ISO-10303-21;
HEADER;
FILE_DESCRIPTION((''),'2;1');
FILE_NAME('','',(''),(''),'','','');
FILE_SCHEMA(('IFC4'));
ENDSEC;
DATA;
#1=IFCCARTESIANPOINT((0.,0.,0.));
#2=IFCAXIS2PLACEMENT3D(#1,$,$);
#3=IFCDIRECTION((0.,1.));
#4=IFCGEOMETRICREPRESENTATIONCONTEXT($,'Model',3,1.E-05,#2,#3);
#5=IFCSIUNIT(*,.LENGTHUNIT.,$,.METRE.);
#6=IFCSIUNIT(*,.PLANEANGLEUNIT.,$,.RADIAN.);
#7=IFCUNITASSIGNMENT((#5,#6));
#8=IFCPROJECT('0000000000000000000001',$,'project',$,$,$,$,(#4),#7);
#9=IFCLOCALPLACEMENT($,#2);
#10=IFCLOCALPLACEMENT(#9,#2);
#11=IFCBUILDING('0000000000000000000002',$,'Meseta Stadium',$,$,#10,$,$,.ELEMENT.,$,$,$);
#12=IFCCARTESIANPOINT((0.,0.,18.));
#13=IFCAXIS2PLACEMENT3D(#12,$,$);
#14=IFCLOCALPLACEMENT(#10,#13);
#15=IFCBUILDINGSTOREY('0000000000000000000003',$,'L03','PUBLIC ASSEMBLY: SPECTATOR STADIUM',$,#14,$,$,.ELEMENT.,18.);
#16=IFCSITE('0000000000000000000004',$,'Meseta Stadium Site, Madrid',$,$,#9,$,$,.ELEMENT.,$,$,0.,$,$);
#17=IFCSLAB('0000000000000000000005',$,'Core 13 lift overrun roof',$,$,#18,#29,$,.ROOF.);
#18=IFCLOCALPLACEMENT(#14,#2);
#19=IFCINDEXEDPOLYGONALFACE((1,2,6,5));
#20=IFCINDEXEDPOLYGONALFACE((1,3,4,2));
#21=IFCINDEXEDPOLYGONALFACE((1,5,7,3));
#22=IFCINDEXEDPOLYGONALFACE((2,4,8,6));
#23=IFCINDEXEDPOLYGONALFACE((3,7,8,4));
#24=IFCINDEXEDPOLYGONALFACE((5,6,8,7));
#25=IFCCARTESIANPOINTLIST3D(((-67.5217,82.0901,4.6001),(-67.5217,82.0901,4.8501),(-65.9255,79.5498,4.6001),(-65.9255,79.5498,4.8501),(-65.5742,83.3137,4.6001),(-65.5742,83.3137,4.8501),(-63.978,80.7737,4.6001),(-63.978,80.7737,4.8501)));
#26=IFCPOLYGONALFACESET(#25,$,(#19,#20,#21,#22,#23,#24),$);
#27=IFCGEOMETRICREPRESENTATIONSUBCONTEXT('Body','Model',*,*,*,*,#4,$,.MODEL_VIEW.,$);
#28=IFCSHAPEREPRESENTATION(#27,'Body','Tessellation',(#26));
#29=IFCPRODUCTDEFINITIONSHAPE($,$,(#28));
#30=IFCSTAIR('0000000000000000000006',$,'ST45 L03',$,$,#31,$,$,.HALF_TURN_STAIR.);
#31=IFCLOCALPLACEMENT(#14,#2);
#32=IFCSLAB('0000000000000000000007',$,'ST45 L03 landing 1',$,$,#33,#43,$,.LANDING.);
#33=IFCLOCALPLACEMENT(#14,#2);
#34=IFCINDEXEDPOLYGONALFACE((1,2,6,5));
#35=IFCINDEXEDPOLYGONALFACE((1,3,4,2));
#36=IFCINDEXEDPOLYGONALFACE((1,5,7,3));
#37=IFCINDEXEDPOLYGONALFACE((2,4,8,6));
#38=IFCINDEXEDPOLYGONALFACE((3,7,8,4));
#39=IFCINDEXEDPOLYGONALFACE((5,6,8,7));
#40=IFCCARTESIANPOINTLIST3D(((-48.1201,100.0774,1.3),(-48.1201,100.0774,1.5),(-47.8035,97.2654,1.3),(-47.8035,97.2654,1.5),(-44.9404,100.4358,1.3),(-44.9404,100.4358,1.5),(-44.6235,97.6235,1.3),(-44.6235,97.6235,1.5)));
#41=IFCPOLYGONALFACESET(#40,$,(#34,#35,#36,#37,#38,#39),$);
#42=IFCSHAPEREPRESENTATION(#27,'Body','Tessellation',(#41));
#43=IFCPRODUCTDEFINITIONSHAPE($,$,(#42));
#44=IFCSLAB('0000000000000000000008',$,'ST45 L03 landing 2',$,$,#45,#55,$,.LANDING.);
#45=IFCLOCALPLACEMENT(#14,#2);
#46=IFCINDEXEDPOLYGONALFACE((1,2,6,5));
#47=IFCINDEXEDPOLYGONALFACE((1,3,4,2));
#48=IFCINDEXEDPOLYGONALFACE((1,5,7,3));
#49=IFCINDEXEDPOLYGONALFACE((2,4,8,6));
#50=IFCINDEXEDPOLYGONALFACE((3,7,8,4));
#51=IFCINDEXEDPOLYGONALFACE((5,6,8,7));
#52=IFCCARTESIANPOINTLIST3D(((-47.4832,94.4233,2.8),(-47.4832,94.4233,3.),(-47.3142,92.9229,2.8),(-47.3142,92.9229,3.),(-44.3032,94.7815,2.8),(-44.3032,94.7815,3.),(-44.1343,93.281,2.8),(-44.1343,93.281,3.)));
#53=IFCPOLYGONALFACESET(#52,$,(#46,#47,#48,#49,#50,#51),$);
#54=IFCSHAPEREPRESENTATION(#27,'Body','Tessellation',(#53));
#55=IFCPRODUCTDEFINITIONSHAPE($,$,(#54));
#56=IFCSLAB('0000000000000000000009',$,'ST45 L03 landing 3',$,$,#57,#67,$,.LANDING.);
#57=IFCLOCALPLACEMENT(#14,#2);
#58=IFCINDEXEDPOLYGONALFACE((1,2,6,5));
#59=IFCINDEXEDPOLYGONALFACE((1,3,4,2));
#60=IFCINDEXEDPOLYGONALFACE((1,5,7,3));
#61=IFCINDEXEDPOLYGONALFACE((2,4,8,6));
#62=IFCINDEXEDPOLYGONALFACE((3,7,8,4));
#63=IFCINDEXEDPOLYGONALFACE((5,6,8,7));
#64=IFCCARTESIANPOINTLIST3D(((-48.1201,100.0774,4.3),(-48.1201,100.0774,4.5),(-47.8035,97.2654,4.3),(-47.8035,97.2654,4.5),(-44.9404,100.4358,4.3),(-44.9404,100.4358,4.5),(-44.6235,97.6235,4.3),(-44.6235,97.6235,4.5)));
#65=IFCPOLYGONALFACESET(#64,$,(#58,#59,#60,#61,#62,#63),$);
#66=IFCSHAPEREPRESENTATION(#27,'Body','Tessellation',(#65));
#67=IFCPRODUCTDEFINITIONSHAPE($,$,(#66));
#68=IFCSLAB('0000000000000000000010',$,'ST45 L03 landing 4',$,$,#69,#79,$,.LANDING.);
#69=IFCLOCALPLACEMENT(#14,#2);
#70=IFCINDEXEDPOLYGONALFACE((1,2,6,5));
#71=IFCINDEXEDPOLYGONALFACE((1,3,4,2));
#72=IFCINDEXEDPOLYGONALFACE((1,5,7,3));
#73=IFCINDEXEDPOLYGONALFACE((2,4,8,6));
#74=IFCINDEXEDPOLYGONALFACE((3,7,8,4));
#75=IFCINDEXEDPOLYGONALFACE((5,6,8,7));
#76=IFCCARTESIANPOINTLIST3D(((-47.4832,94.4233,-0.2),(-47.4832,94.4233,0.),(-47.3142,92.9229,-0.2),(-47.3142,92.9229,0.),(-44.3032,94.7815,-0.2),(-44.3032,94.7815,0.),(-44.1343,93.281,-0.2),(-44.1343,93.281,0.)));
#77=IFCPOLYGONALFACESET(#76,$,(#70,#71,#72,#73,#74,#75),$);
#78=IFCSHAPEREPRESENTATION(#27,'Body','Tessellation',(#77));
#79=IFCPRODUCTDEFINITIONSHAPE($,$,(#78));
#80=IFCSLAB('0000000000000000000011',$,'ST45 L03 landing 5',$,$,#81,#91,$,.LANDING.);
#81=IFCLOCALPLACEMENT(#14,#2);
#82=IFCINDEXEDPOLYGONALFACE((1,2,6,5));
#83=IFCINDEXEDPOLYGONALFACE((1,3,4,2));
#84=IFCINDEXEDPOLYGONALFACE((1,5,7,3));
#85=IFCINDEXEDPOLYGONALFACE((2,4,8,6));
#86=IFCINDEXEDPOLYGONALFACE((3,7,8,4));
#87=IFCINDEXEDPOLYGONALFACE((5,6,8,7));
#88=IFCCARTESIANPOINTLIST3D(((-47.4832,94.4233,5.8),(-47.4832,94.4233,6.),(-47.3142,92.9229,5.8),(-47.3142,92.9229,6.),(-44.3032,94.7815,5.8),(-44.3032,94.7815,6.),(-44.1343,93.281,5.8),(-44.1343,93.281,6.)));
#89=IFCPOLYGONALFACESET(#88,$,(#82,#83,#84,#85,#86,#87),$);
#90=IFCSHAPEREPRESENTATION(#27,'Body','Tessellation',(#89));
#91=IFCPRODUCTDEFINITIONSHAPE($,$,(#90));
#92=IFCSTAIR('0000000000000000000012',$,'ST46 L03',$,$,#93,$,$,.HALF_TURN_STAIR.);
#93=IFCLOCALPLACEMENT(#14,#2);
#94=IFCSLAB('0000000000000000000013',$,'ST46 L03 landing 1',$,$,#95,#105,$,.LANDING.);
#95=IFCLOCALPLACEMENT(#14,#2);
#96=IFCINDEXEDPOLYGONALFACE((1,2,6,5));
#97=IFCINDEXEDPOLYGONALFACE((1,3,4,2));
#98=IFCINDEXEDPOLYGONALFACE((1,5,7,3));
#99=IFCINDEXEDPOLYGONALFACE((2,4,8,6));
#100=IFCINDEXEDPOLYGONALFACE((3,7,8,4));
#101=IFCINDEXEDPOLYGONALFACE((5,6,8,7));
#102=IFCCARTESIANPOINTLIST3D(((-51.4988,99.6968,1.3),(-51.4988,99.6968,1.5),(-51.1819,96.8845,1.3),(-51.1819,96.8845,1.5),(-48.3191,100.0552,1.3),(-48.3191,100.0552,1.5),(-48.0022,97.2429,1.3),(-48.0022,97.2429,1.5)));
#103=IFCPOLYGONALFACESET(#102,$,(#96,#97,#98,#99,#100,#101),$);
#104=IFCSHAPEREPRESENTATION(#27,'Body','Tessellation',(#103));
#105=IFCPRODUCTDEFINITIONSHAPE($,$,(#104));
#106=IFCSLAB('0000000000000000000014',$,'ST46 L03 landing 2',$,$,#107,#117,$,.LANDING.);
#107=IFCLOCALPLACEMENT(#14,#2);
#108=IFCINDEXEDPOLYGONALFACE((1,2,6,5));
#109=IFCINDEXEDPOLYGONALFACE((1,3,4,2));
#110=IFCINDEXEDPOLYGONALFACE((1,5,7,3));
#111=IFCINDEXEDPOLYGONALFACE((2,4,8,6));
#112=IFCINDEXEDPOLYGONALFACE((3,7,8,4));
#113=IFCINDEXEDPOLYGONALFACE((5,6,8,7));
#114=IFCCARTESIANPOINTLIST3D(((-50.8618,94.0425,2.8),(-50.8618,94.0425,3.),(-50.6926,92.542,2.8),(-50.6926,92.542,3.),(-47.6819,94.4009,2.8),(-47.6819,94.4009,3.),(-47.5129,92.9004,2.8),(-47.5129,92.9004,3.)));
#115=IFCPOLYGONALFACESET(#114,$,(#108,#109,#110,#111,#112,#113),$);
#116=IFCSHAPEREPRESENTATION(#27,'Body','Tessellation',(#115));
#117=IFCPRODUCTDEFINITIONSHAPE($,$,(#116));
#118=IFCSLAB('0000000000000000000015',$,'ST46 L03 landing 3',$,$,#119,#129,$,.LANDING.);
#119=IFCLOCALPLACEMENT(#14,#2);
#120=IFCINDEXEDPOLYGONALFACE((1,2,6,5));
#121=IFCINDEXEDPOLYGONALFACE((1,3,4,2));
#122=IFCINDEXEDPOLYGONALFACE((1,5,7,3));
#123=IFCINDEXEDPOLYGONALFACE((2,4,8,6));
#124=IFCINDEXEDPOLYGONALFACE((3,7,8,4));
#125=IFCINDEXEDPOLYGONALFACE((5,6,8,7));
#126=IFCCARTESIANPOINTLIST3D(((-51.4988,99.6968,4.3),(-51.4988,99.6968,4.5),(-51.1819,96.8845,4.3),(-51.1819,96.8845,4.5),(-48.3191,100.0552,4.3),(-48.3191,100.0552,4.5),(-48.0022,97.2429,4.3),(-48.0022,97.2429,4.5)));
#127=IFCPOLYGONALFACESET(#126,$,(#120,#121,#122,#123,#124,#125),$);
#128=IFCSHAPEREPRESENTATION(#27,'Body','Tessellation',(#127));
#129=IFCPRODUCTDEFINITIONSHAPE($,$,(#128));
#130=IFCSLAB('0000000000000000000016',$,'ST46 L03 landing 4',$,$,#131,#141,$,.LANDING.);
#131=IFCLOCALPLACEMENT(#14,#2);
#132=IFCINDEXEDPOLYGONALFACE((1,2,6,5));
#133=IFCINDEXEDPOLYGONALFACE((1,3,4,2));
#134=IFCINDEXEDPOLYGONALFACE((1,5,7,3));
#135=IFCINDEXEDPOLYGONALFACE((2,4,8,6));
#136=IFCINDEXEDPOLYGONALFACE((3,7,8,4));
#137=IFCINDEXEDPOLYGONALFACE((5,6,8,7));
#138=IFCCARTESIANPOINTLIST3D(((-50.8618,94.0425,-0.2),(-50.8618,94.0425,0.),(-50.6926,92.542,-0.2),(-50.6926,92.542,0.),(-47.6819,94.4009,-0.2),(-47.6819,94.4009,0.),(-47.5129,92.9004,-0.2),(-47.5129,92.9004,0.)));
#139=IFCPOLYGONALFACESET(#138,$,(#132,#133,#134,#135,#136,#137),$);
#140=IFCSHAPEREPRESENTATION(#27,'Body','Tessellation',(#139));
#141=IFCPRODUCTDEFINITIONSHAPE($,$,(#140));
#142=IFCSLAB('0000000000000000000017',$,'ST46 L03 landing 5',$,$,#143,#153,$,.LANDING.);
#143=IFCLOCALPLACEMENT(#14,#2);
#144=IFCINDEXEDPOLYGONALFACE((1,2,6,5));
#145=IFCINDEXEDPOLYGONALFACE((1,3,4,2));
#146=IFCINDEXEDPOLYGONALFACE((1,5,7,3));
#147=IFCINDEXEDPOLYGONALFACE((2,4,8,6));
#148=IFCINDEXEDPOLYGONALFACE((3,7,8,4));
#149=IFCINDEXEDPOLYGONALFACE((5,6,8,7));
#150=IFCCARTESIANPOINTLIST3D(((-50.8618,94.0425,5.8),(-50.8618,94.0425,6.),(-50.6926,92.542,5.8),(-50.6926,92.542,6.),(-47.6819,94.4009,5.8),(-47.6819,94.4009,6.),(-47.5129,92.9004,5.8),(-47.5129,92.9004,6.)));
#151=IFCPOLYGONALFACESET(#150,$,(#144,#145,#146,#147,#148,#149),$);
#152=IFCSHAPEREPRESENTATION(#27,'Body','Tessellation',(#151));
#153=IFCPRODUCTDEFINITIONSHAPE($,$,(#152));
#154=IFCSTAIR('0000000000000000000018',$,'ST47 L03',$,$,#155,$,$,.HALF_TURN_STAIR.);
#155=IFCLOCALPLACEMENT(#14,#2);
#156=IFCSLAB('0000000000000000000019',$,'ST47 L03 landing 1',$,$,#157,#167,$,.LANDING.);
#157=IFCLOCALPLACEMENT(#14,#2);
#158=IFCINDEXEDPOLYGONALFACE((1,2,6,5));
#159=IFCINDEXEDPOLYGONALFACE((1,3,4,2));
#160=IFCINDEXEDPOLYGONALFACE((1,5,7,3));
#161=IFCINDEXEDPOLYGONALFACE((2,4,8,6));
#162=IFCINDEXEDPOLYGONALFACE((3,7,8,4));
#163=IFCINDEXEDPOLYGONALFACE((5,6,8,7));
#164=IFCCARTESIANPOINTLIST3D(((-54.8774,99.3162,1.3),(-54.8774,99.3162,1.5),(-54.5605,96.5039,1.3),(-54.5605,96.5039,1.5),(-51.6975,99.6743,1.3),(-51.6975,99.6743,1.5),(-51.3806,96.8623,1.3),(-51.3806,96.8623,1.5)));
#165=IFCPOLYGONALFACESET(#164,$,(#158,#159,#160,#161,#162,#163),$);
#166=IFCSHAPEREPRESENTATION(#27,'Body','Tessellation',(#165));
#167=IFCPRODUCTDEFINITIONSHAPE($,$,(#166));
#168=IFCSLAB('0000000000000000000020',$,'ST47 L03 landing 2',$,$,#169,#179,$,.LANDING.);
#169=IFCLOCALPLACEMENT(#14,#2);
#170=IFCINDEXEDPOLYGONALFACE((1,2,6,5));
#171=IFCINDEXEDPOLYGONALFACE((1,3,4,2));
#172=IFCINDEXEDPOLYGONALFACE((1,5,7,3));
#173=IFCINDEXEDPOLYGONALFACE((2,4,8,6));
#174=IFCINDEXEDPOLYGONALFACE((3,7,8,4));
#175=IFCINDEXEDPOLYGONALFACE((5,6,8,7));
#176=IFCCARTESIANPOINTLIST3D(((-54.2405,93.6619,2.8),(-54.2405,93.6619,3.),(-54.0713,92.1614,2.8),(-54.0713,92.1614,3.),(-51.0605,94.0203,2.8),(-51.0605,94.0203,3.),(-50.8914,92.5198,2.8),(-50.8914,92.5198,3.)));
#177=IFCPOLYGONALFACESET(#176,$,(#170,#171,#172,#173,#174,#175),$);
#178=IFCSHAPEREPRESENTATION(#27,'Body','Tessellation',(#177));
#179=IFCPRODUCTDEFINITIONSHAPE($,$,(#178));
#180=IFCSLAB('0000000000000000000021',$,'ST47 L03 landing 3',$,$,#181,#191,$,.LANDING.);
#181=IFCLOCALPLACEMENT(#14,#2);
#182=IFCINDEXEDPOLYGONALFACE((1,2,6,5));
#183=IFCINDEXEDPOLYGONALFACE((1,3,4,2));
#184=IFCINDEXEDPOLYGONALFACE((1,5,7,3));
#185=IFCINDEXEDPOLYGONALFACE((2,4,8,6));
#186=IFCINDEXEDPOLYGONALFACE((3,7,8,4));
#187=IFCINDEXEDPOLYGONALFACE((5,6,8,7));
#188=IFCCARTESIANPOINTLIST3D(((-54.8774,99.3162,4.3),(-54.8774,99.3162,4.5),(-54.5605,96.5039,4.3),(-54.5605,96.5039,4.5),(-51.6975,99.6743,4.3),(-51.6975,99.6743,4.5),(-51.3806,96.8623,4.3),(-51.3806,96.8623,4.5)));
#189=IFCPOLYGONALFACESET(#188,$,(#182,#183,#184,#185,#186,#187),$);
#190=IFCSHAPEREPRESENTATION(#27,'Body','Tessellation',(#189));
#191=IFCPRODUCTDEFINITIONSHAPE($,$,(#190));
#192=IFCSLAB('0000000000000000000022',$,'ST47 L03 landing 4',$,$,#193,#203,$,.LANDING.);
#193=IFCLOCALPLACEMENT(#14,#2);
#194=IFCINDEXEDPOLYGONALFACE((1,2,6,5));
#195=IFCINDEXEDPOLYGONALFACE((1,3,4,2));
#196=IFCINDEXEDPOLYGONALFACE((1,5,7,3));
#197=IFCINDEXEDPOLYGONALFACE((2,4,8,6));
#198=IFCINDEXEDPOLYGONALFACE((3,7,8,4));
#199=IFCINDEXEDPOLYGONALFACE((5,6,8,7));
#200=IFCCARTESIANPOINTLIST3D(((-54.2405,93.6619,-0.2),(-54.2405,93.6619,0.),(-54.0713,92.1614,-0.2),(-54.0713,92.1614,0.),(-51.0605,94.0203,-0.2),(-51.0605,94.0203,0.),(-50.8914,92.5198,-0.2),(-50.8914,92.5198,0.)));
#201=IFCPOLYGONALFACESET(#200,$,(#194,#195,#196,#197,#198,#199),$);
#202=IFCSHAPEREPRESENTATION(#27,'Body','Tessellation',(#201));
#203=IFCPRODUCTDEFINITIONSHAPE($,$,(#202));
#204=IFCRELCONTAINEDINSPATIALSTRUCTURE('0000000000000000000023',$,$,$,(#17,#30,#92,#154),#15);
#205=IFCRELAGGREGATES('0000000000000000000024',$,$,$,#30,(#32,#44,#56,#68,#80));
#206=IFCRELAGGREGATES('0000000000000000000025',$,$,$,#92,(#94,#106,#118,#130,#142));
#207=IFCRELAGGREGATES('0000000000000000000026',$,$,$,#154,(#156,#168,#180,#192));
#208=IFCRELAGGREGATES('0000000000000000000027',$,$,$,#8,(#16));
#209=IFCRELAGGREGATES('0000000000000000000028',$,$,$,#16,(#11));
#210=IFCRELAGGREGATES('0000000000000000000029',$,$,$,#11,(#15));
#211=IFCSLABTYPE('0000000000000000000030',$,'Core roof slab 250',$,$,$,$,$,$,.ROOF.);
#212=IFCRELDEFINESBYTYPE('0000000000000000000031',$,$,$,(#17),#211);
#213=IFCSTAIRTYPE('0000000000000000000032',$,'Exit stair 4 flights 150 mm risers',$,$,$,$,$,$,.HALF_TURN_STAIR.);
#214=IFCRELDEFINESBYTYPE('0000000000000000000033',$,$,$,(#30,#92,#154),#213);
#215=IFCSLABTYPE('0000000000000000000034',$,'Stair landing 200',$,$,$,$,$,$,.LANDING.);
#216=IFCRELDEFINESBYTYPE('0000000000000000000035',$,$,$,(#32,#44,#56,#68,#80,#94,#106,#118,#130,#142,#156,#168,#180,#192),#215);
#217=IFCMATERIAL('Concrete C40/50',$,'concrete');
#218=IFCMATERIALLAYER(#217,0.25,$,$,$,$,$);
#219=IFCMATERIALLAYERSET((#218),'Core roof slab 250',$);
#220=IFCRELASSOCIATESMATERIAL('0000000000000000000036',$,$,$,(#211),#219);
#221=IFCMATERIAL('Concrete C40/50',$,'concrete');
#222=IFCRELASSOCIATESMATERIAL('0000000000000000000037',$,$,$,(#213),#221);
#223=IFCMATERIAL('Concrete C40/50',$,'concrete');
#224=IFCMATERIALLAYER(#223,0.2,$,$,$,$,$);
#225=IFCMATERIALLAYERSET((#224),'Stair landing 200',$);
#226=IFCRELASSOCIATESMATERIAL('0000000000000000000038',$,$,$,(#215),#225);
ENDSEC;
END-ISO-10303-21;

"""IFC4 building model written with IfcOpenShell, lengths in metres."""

from ifc_helpers import new_model, si_unit, direction, frame, origin, place, context, subcontext, project, spatial, polyline, outline, extrude, material, layer, layer_set, type_object, element, aggregate, save


model = new_model("IFC4")

# Units and contexts
model_context = context("Model", 3, precision=1e-05, world=origin(), true_north=direction((0.0, 1.0)))
body_context = subcontext(model_context, "Body", "Model", "MODEL_VIEW")
ifc_project = project(units=[si_unit("LENGTHUNIT", "METRE"), si_unit("PLANEANGLEUNIT", "RADIAN")], contexts=[model_context])

# Site, building, storey
site_placement = place(None, origin())
site = spatial("IfcSite", under=ifc_project, at=site_placement, Name="Meseta Stadium Site, Madrid", CompositionType="ELEMENT", RefElevation=0.0)
building_placement = place(site_placement, origin())
building = spatial("IfcBuilding", under=site, at=building_placement, Name="Meseta Stadium", CompositionType="ELEMENT")
storey_placement = place(building_placement, frame((0.0, 0.0, 18.0)))
storey = spatial("IfcBuildingStorey", under=building, at=storey_placement, Name="L03", Description="PUBLIC ASSEMBLY: SPECTATOR STADIUM", CompositionType="ELEMENT", Elevation=18.0)

# Slab
ifc_material_1 = material(Name="Concrete C40/50", Category="concrete")
ifc_layer_1 = layer(ifc_material_1, 0.25)
ifc_layer_set_1 = layer_set([ifc_layer_1], Name="Core roof slab 250")
slab_type_1 = type_object("IfcSlabType", Name="Core roof slab 250", PredefinedType="ROOF", material=ifc_layer_set_1)
slab_1_placement = place(storey_placement, frame((0.0, 0.0, 4.6001)))
element("IfcSlab", 1, at=slab_1_placement, inside=storey, type_object=slab_type_1, Name="Core 13 lift overrun roof", PredefinedType="ROOF", context=body_context, shape_type="SweptSolid", body=[
    extrude(outline(polyline([(-65.5742, 83.3137), (-63.978, 80.7737), (-65.9255, 79.5498), (-67.5217, 82.0901), (-65.5742, 83.3137)])), origin(), (0.0, 0.0, 1.0), 0.25),
])

# Stairs, slabs
ifc_material_2 = material(Name="Concrete C40/50", Category="concrete")
stair_type = type_object("IfcStairType", Name="Exit stair 4 flights 150 mm risers", PredefinedType="HALF_TURN_STAIR", material=ifc_material_2)
stair_1_placement = place(storey_placement, origin())
stair_1 = element("IfcStair", 2, at=stair_1_placement, inside=storey, type_object=stair_type, Name="ST45 L03", PredefinedType="HALF_TURN_STAIR")
ifc_material_3 = material(Name="Concrete C40/50", Category="concrete")
ifc_layer_2 = layer(ifc_material_3, 0.2)
ifc_layer_set_2 = layer_set([ifc_layer_2], Name="Stair landing 200")
slab_type_2 = type_object("IfcSlabType", Name="Stair landing 200", PredefinedType="LANDING", material=ifc_layer_set_2)
slab_2_placement = place(storey_placement, frame((0.0, 0.0, 1.3)))
slab_2 = element("IfcSlab", 3, at=slab_2_placement, type_object=slab_type_2, Name="ST45 L03 landing 1", PredefinedType="LANDING", context=body_context, shape_type="SweptSolid", body=[
    extrude(outline(polyline([(-44.6235, 97.6235), (-44.9404, 100.4358), (-48.1201, 100.0774), (-47.8035, 97.2654), (-44.6235, 97.6235)])), origin(), (0.0, 0.0, 1.0), 0.2),
])
slab_3_placement = place(storey_placement, frame((0.0, 0.0, 2.8)))
slab_3 = element("IfcSlab", 4, at=slab_3_placement, type_object=slab_type_2, Name="ST45 L03 landing 2", PredefinedType="LANDING", context=body_context, shape_type="SweptSolid", body=[
    extrude(outline(polyline([(-44.1343, 93.281), (-44.3032, 94.7815), (-47.4832, 94.4233), (-47.3142, 92.9229), (-44.1343, 93.281)])), origin(), (0.0, 0.0, 1.0), 0.2),
])
slab_4_placement = place(storey_placement, frame((0.0, 0.0, 4.3)))
slab_4 = element("IfcSlab", 5, at=slab_4_placement, type_object=slab_type_2, Name="ST45 L03 landing 3", PredefinedType="LANDING", context=body_context, shape_type="SweptSolid", body=[
    extrude(outline(polyline([(-44.6235, 97.6235), (-44.9404, 100.4358), (-48.1201, 100.0774), (-47.8035, 97.2654), (-44.6235, 97.6235)])), origin(), (0.0, 0.0, 1.0), 0.2),
])
slab_5_placement = place(storey_placement, frame((0.0, 0.0, -0.2)))
slab_5 = element("IfcSlab", 6, at=slab_5_placement, type_object=slab_type_2, Name="ST45 L03 landing 4", PredefinedType="LANDING", context=body_context, shape_type="SweptSolid", body=[
    extrude(outline(polyline([(-44.1343, 93.281), (-44.3032, 94.7815), (-47.4832, 94.4233), (-47.3142, 92.9229), (-44.1343, 93.281)])), origin(), (0.0, 0.0, 1.0), 0.2),
])
slab_6_placement = place(storey_placement, frame((0.0, 0.0, 5.8)))
slab_6 = element("IfcSlab", 7, at=slab_6_placement, type_object=slab_type_2, Name="ST45 L03 landing 5", PredefinedType="LANDING", context=body_context, shape_type="SweptSolid", body=[
    extrude(outline(polyline([(-44.1343, 93.281), (-44.3032, 94.7815), (-47.4832, 94.4233), (-47.3142, 92.9229), (-44.1343, 93.281)])), origin(), (0.0, 0.0, 1.0), 0.2),
])
aggregate(stair_1, [slab_2, slab_3, slab_4, slab_5, slab_6])
stair_2_placement = place(storey_placement, origin())
stair_2 = element("IfcStair", 8, at=stair_2_placement, inside=storey, type_object=stair_type, Name="ST46 L03", PredefinedType="HALF_TURN_STAIR")
slab_7_placement = place(storey_placement, frame((0.0, 0.0, 1.3)))
slab_7 = element("IfcSlab", 9, at=slab_7_placement, type_object=slab_type_2, Name="ST46 L03 landing 1", PredefinedType="LANDING", context=body_context, shape_type="SweptSolid", body=[
    extrude(outline(polyline([(-48.0022, 97.2429), (-48.3191, 100.0552), (-51.4988, 99.6968), (-51.1819, 96.8845), (-48.0022, 97.2429)])), origin(), (0.0, 0.0, 1.0), 0.2),
])
slab_8_placement = place(storey_placement, frame((0.0, 0.0, 2.8)))
slab_8 = element("IfcSlab", 10, at=slab_8_placement, type_object=slab_type_2, Name="ST46 L03 landing 2", PredefinedType="LANDING", context=body_context, shape_type="SweptSolid", body=[
    extrude(outline(polyline([(-47.5129, 92.9004), (-47.6819, 94.4009), (-50.8618, 94.0425), (-50.6926, 92.542), (-47.5129, 92.9004)])), origin(), (0.0, 0.0, 1.0), 0.2),
])
slab_9_placement = place(storey_placement, frame((0.0, 0.0, 4.3)))
slab_9 = element("IfcSlab", 11, at=slab_9_placement, type_object=slab_type_2, Name="ST46 L03 landing 3", PredefinedType="LANDING", context=body_context, shape_type="SweptSolid", body=[
    extrude(outline(polyline([(-48.0022, 97.2429), (-48.3191, 100.0552), (-51.4988, 99.6968), (-51.1819, 96.8845), (-48.0022, 97.2429)])), origin(), (0.0, 0.0, 1.0), 0.2),
])
slab_10_placement = place(storey_placement, frame((0.0, 0.0, -0.2)))
slab_10 = element("IfcSlab", 12, at=slab_10_placement, type_object=slab_type_2, Name="ST46 L03 landing 4", PredefinedType="LANDING", context=body_context, shape_type="SweptSolid", body=[
    extrude(outline(polyline([(-47.5129, 92.9004), (-47.6819, 94.4009), (-50.8618, 94.0425), (-50.6926, 92.542), (-47.5129, 92.9004)])), origin(), (0.0, 0.0, 1.0), 0.2),
])
slab_11_placement = place(storey_placement, frame((0.0, 0.0, 5.8)))
slab_11 = element("IfcSlab", 13, at=slab_11_placement, type_object=slab_type_2, Name="ST46 L03 landing 5", PredefinedType="LANDING", context=body_context, shape_type="SweptSolid", body=[
    extrude(outline(polyline([(-47.5129, 92.9004), (-47.6819, 94.4009), (-50.8618, 94.0425), (-50.6926, 92.542), (-47.5129, 92.9004)])), origin(), (0.0, 0.0, 1.0), 0.2),
])
aggregate(stair_2, [slab_7, slab_8, slab_9, slab_10, slab_11])
stair_3_placement = place(storey_placement, origin())
stair_3 = element("IfcStair", 14, at=stair_3_placement, inside=storey, type_object=stair_type, Name="ST47 L03", PredefinedType="HALF_TURN_STAIR")
slab_12_placement = place(storey_placement, frame((0.0, 0.0, 1.3)))
slab_12 = element("IfcSlab", 15, at=slab_12_placement, type_object=slab_type_2, Name="ST47 L03 landing 1", PredefinedType="LANDING", context=body_context, shape_type="SweptSolid", body=[
    extrude(outline(polyline([(-51.3806, 96.8623), (-51.6975, 99.6743), (-54.8774, 99.3162), (-54.5605, 96.5039), (-51.3806, 96.8623)])), origin(), (0.0, 0.0, 1.0), 0.2),
])
slab_13_placement = place(storey_placement, frame((0.0, 0.0, 2.8)))
slab_13 = element("IfcSlab", 16, at=slab_13_placement, type_object=slab_type_2, Name="ST47 L03 landing 2", PredefinedType="LANDING", context=body_context, shape_type="SweptSolid", body=[
    extrude(outline(polyline([(-50.8914, 92.5198), (-51.0605, 94.0203), (-54.2405, 93.6619), (-54.0713, 92.1614), (-50.8914, 92.5198)])), origin(), (0.0, 0.0, 1.0), 0.2),
])
slab_14_placement = place(storey_placement, frame((0.0, 0.0, 4.3)))
slab_14 = element("IfcSlab", 17, at=slab_14_placement, type_object=slab_type_2, Name="ST47 L03 landing 3", PredefinedType="LANDING", context=body_context, shape_type="SweptSolid", body=[
    extrude(outline(polyline([(-51.3806, 96.8623), (-51.6975, 99.6743), (-54.8774, 99.3162), (-54.5605, 96.5039), (-51.3806, 96.8623)])), origin(), (0.0, 0.0, 1.0), 0.2),
])
slab_15_placement = place(storey_placement, frame((0.0, 0.0, -0.2)))
slab_15 = element("IfcSlab", 18, at=slab_15_placement, type_object=slab_type_2, Name="ST47 L03 landing 4", PredefinedType="LANDING", context=body_context, shape_type="SweptSolid", body=[
    extrude(outline(polyline([(-50.8914, 92.5198), (-51.0605, 94.0203), (-54.2405, 93.6619), (-54.0713, 92.1614), (-50.8914, 92.5198)])), origin(), (0.0, 0.0, 1.0), 0.2),
])
aggregate(stair_3, [slab_12, slab_13, slab_14, slab_15])

save(model, "model.ifc")
